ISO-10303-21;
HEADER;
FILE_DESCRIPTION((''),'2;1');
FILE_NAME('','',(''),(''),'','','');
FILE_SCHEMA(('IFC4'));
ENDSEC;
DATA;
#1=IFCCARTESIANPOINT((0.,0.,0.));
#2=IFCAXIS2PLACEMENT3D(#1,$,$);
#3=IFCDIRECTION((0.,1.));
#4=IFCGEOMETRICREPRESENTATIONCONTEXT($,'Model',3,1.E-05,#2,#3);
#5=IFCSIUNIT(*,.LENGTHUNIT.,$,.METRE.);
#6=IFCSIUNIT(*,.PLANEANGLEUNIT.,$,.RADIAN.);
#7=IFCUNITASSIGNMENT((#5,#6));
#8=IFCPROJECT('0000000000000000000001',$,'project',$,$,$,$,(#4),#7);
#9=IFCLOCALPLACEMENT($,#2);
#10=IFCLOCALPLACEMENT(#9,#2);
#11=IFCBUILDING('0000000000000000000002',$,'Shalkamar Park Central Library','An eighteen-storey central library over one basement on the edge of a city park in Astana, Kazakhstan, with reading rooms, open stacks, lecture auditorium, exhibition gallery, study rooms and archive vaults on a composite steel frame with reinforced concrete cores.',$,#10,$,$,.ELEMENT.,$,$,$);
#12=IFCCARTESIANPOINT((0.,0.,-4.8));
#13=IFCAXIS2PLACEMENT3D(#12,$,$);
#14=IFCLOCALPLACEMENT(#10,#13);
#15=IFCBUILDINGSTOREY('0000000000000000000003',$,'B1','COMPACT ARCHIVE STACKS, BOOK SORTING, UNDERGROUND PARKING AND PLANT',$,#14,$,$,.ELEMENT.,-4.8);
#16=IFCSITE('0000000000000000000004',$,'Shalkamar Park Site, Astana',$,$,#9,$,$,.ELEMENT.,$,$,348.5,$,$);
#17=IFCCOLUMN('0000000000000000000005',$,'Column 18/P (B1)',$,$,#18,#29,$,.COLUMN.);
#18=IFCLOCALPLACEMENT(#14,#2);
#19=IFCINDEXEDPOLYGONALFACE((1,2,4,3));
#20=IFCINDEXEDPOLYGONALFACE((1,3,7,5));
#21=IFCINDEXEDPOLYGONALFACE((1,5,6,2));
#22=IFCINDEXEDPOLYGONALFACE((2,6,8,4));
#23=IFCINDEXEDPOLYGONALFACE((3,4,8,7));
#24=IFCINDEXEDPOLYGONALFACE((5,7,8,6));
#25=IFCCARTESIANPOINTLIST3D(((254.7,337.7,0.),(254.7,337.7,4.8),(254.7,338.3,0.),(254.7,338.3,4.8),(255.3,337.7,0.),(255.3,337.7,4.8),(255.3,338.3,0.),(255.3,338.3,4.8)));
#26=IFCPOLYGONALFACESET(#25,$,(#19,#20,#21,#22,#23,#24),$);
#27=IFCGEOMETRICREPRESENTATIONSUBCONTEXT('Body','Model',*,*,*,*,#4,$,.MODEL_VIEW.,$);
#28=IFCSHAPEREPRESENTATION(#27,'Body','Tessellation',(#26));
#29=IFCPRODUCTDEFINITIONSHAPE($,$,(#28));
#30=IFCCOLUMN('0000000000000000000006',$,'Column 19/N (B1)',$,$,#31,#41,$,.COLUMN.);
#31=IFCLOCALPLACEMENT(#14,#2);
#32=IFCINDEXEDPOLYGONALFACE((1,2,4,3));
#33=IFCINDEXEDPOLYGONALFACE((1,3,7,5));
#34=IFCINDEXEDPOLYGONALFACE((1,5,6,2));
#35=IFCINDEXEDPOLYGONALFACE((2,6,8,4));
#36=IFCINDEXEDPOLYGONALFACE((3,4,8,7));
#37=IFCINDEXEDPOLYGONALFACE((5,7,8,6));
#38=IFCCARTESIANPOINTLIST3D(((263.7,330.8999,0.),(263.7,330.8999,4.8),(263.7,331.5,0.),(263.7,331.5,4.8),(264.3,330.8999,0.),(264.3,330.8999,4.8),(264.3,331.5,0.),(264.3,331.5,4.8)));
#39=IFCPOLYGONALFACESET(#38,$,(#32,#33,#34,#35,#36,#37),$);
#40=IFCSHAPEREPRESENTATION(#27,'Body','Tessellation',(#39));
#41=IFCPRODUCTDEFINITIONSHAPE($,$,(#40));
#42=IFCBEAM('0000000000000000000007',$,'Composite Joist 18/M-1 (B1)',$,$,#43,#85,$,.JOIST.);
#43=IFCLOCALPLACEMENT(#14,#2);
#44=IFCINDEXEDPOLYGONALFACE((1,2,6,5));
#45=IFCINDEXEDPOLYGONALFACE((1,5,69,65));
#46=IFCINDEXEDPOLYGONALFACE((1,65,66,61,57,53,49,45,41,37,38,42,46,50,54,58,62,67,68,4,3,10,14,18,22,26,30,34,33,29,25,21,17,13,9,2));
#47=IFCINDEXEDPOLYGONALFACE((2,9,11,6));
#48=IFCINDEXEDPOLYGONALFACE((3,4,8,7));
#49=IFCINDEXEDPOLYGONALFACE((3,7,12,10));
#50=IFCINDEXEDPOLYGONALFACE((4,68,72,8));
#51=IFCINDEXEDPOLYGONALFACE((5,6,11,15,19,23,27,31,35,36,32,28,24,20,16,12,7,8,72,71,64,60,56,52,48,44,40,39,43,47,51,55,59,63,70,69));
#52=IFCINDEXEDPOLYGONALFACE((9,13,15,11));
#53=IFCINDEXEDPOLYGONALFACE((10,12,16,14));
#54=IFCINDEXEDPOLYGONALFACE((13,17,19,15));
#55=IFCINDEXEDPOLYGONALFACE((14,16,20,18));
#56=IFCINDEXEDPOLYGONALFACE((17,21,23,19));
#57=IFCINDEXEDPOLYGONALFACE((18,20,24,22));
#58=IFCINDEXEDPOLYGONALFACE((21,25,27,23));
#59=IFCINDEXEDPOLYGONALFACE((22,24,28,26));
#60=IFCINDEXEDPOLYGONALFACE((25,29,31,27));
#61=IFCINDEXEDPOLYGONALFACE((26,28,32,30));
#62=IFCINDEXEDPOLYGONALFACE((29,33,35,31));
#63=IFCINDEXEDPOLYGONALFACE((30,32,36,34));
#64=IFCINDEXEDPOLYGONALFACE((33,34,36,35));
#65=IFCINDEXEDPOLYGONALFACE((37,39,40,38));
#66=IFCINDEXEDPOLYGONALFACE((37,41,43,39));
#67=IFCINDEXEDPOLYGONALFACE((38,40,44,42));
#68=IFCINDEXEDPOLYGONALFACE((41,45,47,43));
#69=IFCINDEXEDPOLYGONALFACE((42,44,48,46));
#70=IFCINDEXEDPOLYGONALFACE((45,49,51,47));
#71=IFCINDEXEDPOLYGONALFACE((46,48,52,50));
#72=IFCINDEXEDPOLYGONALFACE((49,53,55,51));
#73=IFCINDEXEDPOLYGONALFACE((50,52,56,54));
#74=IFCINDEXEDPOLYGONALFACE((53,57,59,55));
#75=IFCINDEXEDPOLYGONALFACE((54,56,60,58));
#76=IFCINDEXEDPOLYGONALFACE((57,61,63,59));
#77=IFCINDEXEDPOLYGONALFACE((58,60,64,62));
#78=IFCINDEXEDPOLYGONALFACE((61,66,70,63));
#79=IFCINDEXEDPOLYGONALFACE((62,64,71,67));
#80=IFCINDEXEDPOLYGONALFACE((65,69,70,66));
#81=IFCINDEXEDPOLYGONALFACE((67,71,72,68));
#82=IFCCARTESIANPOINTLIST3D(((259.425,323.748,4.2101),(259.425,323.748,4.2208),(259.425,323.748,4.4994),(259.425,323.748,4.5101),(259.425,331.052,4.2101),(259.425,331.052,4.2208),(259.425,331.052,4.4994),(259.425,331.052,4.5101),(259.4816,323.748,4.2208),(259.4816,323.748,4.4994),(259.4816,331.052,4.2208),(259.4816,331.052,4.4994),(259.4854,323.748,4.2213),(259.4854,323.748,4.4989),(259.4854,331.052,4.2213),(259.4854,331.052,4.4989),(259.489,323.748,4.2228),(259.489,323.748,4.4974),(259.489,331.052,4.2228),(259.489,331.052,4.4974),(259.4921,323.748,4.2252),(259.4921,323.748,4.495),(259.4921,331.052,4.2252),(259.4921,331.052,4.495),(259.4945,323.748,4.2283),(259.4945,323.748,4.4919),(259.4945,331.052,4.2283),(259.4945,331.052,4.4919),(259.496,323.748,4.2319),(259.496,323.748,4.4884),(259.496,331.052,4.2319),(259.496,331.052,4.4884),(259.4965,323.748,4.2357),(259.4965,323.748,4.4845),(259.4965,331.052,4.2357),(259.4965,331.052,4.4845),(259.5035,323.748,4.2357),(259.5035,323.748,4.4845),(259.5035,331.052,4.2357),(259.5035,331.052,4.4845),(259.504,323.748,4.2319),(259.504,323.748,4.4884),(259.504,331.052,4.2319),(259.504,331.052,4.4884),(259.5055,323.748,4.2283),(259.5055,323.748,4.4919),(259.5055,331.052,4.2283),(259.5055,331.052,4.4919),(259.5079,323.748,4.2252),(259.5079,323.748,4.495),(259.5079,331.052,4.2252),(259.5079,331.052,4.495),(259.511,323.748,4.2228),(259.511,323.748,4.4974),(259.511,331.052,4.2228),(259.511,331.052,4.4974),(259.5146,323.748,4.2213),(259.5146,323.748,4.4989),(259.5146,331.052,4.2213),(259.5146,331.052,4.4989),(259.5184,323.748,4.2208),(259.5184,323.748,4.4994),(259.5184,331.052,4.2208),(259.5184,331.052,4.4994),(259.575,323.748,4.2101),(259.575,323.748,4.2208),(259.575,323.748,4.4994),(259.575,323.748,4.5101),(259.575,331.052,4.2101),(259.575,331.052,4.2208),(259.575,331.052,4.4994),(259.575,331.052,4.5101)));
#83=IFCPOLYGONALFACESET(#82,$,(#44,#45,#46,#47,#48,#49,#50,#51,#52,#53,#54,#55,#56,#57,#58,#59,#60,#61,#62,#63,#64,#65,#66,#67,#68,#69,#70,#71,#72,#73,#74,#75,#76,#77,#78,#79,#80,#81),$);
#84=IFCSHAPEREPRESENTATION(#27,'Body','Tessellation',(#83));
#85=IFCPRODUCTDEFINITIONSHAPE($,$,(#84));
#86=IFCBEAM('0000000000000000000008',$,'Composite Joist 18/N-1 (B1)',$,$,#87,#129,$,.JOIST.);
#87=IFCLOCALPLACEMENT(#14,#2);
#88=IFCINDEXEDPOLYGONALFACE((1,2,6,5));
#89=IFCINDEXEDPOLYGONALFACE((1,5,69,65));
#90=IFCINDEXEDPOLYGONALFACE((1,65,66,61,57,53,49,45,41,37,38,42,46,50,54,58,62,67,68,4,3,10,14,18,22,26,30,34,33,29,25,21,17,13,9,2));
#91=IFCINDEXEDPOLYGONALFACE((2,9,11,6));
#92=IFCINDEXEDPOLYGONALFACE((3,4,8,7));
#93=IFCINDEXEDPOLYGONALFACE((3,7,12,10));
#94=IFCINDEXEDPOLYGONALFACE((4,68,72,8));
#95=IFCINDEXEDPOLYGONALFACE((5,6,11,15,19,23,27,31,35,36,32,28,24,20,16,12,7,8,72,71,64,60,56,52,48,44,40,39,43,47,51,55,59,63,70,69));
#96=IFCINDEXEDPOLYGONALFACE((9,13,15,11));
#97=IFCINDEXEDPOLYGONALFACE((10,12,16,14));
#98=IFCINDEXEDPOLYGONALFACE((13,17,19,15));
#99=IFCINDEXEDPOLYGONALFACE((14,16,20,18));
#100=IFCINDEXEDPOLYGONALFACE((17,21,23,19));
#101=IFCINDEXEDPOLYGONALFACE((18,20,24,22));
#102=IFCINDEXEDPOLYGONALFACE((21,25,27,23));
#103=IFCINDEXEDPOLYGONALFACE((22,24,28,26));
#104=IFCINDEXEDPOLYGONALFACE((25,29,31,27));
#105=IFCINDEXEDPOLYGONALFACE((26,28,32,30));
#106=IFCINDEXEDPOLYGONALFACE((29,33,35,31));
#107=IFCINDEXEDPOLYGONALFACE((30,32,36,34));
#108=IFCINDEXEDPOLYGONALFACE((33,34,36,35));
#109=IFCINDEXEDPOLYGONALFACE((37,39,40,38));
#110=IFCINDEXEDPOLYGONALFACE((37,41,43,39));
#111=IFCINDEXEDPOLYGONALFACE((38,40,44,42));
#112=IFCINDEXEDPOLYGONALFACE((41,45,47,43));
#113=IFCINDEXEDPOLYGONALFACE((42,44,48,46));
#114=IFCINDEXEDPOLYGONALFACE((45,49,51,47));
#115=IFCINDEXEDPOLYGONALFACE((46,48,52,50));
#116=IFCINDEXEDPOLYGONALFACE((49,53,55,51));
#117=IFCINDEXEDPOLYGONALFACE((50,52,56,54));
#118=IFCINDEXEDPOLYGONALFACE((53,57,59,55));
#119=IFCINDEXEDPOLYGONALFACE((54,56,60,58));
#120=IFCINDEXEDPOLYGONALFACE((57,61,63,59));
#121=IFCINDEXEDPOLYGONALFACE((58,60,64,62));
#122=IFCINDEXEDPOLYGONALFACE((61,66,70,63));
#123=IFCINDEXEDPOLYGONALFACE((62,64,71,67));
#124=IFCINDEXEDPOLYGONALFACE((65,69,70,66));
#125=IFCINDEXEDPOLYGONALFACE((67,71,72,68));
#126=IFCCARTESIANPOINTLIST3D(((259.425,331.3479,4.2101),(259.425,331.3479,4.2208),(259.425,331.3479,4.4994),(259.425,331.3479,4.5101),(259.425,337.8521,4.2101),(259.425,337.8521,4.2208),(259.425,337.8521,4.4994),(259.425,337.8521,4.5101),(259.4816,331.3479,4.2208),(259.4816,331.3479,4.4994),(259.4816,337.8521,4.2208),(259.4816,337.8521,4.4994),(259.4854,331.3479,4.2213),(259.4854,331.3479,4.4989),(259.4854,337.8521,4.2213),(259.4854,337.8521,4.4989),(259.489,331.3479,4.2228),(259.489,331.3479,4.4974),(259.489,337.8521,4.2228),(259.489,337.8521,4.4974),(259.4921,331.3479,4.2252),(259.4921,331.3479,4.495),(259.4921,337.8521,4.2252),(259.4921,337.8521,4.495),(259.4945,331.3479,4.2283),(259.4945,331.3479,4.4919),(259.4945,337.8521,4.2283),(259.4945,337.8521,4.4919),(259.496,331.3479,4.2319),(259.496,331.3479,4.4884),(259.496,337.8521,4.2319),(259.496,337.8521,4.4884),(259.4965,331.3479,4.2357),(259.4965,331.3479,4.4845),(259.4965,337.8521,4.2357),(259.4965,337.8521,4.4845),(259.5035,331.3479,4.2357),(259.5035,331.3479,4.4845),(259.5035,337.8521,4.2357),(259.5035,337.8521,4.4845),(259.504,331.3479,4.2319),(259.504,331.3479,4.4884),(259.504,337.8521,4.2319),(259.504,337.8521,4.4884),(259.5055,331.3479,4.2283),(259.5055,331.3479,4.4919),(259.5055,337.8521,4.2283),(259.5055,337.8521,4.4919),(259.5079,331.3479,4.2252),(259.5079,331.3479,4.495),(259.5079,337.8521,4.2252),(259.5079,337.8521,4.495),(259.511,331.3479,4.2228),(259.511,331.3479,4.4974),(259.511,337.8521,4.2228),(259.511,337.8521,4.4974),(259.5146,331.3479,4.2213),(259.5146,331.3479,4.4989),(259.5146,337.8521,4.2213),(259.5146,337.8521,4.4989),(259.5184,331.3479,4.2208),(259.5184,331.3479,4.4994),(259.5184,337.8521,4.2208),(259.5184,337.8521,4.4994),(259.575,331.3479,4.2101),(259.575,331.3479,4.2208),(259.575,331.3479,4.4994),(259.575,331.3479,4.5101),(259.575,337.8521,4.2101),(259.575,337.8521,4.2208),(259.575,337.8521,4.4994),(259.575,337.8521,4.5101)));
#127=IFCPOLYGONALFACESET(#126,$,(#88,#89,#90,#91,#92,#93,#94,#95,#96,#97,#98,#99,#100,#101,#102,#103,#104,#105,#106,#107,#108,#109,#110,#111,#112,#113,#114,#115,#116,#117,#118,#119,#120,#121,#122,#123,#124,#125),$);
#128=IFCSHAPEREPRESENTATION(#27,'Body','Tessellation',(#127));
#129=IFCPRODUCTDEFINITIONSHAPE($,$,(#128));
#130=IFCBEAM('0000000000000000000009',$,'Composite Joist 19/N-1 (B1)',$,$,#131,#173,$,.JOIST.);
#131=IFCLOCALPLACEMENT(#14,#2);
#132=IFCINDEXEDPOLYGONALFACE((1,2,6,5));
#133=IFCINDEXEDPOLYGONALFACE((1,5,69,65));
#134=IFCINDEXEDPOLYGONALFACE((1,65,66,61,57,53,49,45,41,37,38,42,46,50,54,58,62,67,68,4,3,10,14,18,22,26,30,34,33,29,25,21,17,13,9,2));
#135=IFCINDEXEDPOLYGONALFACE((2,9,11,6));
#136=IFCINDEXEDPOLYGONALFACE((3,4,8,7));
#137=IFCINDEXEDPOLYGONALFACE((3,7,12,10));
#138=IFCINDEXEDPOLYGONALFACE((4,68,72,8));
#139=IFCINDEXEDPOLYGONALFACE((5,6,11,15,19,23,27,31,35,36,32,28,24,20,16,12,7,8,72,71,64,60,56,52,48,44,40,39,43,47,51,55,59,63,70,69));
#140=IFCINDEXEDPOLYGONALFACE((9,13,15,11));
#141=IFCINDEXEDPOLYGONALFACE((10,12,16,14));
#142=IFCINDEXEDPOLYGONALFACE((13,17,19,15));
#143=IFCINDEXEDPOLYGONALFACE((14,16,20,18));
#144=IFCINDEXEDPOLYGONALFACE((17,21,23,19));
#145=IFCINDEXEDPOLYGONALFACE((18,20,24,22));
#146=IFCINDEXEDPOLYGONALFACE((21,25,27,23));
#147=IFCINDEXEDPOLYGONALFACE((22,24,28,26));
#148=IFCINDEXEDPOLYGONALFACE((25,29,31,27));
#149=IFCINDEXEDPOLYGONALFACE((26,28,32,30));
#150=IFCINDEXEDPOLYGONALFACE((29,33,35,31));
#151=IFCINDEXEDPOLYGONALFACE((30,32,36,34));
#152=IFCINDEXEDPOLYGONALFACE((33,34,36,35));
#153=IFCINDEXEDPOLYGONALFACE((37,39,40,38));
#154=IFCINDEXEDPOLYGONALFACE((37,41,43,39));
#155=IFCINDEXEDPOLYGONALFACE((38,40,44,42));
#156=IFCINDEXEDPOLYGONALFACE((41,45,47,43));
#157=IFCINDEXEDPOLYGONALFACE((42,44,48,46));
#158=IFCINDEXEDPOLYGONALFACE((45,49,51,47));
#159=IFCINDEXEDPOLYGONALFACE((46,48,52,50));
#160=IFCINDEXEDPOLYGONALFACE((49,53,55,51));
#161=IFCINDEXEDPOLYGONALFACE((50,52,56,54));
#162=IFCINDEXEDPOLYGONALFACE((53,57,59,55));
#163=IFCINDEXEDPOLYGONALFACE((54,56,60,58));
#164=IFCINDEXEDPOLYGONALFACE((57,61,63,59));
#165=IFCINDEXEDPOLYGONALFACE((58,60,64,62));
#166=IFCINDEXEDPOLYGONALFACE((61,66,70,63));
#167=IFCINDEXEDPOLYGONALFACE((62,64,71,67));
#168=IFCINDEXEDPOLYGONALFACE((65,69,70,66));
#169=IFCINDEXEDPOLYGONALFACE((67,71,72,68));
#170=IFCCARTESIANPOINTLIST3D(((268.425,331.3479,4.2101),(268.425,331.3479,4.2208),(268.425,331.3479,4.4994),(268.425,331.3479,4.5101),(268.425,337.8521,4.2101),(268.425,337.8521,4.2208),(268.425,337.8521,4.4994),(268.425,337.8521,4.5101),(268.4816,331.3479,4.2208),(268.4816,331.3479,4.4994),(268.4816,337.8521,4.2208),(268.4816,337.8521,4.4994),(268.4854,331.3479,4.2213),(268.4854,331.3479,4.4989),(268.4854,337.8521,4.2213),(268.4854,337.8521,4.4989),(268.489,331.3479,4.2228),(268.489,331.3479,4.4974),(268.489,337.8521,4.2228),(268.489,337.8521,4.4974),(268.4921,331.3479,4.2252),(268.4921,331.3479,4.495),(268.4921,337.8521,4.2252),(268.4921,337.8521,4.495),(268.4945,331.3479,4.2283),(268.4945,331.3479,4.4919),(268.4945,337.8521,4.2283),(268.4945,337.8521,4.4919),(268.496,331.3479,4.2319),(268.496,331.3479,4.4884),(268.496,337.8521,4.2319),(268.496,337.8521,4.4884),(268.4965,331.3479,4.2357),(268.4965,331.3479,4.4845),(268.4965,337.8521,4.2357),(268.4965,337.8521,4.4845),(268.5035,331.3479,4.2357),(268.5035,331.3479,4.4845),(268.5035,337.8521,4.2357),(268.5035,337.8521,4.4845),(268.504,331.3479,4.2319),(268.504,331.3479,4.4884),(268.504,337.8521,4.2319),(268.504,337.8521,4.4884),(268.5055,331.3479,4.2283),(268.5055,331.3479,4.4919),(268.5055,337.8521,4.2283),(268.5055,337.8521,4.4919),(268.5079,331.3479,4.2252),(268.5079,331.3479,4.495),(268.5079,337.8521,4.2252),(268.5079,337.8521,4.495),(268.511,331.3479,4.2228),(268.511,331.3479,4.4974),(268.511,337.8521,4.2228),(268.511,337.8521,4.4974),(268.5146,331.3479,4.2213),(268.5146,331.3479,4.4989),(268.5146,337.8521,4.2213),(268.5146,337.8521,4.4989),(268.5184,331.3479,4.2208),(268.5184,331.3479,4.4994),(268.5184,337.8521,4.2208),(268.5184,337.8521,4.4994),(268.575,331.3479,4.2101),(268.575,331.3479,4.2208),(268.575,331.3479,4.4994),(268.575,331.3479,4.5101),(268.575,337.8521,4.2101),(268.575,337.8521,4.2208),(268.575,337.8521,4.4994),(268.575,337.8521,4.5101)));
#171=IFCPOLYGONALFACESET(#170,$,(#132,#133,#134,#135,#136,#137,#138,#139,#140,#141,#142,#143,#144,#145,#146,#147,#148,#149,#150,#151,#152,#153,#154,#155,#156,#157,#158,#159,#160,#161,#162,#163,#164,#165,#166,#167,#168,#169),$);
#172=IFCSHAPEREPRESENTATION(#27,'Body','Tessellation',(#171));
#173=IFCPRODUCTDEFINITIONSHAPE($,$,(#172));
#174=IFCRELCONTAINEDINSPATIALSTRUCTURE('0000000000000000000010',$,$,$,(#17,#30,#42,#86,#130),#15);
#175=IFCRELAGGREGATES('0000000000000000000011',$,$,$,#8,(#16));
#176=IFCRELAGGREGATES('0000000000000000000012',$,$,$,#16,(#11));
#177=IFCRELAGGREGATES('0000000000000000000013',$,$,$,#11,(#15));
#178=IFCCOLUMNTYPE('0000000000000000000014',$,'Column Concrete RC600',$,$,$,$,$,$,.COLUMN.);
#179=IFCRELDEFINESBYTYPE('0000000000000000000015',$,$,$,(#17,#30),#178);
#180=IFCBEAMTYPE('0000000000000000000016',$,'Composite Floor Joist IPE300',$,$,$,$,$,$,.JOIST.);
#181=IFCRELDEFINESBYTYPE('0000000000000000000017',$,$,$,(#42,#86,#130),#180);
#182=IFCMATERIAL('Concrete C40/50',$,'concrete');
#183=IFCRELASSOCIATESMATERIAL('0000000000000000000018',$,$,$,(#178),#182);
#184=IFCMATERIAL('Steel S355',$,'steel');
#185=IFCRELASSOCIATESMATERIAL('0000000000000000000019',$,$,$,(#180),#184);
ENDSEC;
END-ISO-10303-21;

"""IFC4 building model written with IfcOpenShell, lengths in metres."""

from ifc_helpers import new_model, si_unit, direction, frame, origin, origin_2d, place, context, subcontext, project, spatial, rectangle, i_section, extrude, material, material_profile, profile_set, type_object, element, save


model = new_model("IFC4")

# Units and contexts
model_context = context("Model", 3, precision=1e-05, world=origin(), true_north=direction((0.0, 1.0)))
body_context = subcontext(model_context, "Body", "Model", "MODEL_VIEW")
ifc_project = project(units=[si_unit("LENGTHUNIT", "METRE"), si_unit("PLANEANGLEUNIT", "RADIAN")], contexts=[model_context])

# Site, building, storey
site_placement = place(None, origin())
site = spatial("IfcSite", under=ifc_project, at=site_placement, Name="Shalkamar Park Site, Astana", CompositionType="ELEMENT", RefElevation=348.5)
building_placement = place(site_placement, origin())
building = spatial("IfcBuilding", under=site, at=building_placement, Name="Shalkamar Park Central Library", Description="An eighteen-storey central library over one basement on the edge of a city park in Astana, Kazakhstan, with reading rooms, open stacks, lecture auditorium, exhibition gallery, study rooms and archive vaults on a composite steel frame with reinforced concrete cores.", CompositionType="ELEMENT")
storey_placement = place(building_placement, frame((0.0, 0.0, -4.8)))
storey = spatial("IfcBuildingStorey", under=building, at=storey_placement, Name="B1", Description="COMPACT ARCHIVE STACKS, BOOK SORTING, UNDERGROUND PARKING AND PLANT", CompositionType="ELEMENT", Elevation=-4.8)

# Columns
ifc_material_1 = material(Name="Concrete C40/50", Category="concrete")
ifc_material_profile_1 = material_profile(ifc_material_1, rectangle(XDim=0.6001, YDim=0.6001, at=origin_2d()), Name="RC 600x600")
ifc_profile_set_1 = profile_set([ifc_material_profile_1], Name="Concrete C40/50")
column_type = type_object("IfcColumnType", Name="Column Concrete RC600", PredefinedType="COLUMN", material=ifc_profile_set_1)
for number, where, z_axis, x_axis, name in (
    (1, (255.0, 338.0, 0.0), (0.0, 0.0, 1.0), (1.0, 0.0, 0.0), "Column 18/P (B1)"),
    (2, (264.0, 331.2, 0.0), (0.0, 0.0, 1.0), (1.0, 0.0, 0.0), "Column 19/N (B1)"),
):
    element("IfcColumn", number, at=place(storey_placement, frame(where, z_axis=z_axis, x_axis=x_axis)), inside=storey, type_object=column_type, Name=name, PredefinedType="COLUMN", context=body_context, shape_type="SweptSolid", body=[
        extrude(rectangle(XDim=0.6001, YDim=0.6001, at=origin_2d()), origin(), (0.0, 0.0, 1.0), 4.8),
    ])

# Beams
ifc_material_2 = material(Name="Steel S355", Category="steel")
ifc_material_profile_2 = material_profile(ifc_material_2, i_section(OverallWidth=0.1499, OverallDepth=0.3, WebThickness=0.0071, FlangeThickness=0.0107, FilletRadius=0.0149, at=origin_2d()), Name="IPE 300")
ifc_profile_set_2 = profile_set([ifc_material_profile_2], Name="Steel S355")
beam_type_1 = type_object("IfcBeamType", Name="Composite Floor Joist IPE300", PredefinedType="JOIST", material=ifc_profile_set_2)
beam_1_placement = place(storey_placement, frame((259.5, 323.748, 4.3601), z_axis=(0.0, 1.0, 0.0), x_axis=(-1.0, 0.0, 0.0)))
element("IfcBeam", 3, at=beam_1_placement, inside=storey, type_object=beam_type_1, Name="Composite Joist 18/M-1 (B1)", PredefinedType="JOIST", context=body_context, shape_type="SweptSolid", body=[
    extrude(i_section(OverallWidth=0.1499, OverallDepth=0.3, WebThickness=0.0071, FlangeThickness=0.0107, FilletRadius=0.0149, at=origin_2d()), origin(), (0.0, 0.0, 1.0), 7.304),
])
for number, where, z_axis, x_axis, name in (
    (4, (259.5, 331.3479, 4.3601), (0.0, 1.0, 0.0), (-1.0, 0.0, 0.0), "Composite Joist 18/N-1 (B1)"),
    (5, (268.5, 331.3479, 4.3601), (0.0, 1.0, 0.0), (-1.0, 0.0, 0.0), "Composite Joist 19/N-1 (B1)"),
):
    element("IfcBeam", number, at=place(storey_placement, frame(where, z_axis=z_axis, x_axis=x_axis)), inside=storey, type_object=beam_type_1, Name=name, PredefinedType="JOIST", context=body_context, shape_type="SweptSolid", body=[
        extrude(i_section(OverallWidth=0.1499, OverallDepth=0.3, WebThickness=0.0071, FlangeThickness=0.0107, FilletRadius=0.0149, at=origin_2d()), origin(), (0.0, 0.0, 1.0), 6.5042),
    ])

save(model, "model.ifc")
